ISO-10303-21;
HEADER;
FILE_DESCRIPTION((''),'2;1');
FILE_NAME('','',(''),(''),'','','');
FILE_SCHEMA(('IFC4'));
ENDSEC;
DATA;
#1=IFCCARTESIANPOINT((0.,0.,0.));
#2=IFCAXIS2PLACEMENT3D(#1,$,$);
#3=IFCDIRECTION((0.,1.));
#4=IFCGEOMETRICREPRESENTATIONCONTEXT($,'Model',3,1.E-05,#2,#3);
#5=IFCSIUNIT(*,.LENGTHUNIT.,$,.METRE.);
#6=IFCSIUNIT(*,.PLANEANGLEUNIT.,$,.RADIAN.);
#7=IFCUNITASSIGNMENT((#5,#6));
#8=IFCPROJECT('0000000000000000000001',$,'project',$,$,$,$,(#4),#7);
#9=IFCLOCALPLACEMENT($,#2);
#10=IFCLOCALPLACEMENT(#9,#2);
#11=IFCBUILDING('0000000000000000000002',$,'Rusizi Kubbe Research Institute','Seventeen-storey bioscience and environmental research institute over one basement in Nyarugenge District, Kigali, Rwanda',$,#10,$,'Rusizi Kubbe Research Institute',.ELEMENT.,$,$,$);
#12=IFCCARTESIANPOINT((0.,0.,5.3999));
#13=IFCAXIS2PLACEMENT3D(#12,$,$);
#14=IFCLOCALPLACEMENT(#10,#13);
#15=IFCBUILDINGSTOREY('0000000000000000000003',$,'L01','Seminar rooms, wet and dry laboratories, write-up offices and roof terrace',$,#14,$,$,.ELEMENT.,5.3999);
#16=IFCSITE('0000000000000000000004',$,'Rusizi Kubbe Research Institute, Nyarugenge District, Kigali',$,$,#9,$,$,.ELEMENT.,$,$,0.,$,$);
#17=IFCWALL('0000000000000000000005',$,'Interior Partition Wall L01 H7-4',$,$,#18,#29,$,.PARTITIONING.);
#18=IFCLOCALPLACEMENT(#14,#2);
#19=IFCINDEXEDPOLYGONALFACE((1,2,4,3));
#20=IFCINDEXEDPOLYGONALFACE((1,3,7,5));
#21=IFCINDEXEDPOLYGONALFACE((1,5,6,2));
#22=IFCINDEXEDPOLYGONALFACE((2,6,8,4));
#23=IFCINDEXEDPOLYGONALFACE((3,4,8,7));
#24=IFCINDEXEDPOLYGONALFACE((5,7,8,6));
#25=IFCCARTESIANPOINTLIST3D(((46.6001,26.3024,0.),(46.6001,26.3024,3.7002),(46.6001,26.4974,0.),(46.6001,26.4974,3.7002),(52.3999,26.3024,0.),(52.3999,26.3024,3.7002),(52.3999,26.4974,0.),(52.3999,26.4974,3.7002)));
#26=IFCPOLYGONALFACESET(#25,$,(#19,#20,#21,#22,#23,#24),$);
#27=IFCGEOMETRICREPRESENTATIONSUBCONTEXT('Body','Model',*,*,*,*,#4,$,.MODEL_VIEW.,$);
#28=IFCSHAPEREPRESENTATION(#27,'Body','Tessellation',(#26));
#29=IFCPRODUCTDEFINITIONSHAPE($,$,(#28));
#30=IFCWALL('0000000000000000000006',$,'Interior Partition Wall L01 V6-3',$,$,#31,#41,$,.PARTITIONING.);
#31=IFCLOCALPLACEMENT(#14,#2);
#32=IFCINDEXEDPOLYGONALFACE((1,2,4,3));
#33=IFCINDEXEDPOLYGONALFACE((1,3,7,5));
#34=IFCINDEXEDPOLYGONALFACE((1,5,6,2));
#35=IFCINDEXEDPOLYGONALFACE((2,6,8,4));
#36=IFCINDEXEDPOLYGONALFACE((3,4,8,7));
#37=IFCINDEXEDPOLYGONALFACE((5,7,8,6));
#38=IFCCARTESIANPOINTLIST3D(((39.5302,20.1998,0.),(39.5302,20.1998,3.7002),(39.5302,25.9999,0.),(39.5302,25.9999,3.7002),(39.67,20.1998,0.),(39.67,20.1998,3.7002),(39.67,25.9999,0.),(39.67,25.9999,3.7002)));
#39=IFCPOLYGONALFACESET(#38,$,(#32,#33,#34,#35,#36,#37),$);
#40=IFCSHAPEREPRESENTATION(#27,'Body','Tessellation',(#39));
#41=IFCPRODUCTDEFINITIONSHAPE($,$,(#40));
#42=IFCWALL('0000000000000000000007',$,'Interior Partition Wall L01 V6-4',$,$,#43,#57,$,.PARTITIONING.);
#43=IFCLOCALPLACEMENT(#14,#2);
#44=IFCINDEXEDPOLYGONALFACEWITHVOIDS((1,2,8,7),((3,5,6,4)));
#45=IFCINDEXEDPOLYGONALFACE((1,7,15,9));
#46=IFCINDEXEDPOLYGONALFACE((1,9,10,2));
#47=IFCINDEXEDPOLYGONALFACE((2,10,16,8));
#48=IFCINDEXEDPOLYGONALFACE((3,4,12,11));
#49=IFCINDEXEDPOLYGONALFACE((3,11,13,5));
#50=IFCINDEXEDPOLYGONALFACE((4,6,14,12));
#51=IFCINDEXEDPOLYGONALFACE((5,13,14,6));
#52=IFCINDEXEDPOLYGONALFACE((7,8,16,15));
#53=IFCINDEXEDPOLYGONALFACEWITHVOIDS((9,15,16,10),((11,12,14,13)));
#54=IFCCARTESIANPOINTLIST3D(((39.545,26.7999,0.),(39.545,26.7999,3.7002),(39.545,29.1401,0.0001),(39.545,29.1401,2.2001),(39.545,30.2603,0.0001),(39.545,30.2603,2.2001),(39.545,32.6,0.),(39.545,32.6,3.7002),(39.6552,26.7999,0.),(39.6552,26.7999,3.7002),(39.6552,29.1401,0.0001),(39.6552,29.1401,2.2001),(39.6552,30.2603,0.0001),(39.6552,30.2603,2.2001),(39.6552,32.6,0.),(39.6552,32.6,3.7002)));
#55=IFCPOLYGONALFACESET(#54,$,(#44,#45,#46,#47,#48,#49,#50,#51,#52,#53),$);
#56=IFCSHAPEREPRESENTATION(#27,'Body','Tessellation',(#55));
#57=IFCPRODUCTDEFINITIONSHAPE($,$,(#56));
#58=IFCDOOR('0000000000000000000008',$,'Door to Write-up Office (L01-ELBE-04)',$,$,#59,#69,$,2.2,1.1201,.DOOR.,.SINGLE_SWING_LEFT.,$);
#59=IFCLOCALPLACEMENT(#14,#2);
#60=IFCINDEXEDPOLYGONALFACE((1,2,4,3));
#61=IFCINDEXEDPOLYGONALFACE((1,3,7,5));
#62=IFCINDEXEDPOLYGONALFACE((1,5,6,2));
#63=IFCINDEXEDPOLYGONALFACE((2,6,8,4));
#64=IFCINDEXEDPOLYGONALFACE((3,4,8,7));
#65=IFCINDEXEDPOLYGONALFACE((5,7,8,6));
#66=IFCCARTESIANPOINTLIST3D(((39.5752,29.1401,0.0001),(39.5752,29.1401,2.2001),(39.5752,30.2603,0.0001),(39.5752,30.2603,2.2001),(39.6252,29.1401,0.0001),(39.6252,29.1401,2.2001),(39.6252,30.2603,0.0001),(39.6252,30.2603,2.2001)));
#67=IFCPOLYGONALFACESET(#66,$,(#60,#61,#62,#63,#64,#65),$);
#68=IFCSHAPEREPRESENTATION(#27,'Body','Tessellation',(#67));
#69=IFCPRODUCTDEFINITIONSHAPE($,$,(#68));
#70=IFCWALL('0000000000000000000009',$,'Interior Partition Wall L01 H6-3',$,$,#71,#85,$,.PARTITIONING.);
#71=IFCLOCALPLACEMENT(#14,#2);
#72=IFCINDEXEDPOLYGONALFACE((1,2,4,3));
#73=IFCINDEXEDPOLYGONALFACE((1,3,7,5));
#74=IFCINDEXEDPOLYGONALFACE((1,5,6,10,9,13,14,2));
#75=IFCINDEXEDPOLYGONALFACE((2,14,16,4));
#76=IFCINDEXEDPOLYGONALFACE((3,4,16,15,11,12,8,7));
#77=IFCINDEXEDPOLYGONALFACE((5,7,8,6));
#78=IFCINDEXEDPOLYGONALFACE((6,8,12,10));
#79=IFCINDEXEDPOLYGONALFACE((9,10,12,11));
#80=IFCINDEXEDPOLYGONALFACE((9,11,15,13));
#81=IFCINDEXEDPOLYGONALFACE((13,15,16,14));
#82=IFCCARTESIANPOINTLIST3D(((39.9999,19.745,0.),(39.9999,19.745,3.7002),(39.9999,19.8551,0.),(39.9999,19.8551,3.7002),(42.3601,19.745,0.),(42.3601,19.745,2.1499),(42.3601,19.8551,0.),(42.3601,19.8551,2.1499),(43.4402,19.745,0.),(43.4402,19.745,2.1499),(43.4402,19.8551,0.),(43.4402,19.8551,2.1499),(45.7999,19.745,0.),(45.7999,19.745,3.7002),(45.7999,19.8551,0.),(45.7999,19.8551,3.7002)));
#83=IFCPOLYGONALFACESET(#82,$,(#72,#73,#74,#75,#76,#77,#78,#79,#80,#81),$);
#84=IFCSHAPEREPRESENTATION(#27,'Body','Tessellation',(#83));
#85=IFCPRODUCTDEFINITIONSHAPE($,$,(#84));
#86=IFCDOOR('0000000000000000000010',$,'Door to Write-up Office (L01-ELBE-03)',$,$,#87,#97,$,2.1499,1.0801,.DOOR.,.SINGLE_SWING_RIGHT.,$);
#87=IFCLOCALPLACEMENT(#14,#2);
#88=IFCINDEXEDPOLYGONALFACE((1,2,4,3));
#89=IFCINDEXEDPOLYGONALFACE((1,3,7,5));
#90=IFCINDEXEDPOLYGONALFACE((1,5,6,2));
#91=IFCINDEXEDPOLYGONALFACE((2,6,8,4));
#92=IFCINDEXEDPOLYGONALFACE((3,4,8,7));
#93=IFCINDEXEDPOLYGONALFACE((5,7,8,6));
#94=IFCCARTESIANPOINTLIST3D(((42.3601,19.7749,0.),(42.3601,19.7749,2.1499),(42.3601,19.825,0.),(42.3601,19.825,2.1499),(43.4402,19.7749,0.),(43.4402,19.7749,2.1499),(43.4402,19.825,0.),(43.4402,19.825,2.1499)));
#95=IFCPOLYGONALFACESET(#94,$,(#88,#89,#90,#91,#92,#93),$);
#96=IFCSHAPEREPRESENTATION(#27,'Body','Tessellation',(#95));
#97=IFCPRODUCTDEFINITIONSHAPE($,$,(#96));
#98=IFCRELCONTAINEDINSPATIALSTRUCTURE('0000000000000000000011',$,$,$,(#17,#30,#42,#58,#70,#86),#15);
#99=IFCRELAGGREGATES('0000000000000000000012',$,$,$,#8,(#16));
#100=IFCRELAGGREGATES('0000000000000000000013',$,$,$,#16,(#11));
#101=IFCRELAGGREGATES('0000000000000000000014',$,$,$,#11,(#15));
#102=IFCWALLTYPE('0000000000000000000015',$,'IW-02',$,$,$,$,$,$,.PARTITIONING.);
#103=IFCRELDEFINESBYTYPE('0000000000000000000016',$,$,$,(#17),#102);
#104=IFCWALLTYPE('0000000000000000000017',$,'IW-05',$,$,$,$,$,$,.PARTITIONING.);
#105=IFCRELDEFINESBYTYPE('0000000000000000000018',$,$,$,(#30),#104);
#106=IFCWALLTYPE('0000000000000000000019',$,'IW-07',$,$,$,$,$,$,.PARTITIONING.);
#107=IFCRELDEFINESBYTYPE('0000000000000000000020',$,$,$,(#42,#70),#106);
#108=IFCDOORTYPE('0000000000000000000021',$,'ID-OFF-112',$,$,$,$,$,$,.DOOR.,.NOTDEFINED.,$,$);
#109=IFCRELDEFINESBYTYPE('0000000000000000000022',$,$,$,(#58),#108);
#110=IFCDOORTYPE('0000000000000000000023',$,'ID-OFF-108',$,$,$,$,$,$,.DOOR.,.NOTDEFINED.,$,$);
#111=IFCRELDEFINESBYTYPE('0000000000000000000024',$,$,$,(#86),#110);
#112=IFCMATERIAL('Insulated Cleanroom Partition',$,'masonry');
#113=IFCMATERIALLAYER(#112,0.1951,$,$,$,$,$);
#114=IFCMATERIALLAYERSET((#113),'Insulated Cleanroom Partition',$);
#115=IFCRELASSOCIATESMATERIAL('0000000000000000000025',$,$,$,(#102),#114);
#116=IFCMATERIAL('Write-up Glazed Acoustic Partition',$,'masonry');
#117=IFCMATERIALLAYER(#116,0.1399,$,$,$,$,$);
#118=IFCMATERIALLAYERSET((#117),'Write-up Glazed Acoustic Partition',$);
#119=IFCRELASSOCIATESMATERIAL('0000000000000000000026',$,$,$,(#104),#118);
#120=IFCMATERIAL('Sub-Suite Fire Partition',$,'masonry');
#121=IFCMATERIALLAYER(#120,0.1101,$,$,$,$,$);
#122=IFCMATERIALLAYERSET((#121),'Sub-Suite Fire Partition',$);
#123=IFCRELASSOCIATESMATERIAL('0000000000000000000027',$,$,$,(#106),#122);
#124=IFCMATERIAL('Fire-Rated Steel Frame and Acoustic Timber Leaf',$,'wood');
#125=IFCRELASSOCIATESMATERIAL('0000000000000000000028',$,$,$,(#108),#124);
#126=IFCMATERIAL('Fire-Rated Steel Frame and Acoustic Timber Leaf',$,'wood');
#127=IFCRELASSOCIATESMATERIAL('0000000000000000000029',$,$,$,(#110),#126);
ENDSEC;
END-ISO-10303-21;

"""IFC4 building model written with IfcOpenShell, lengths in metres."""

from ifc_helpers import new_model, si_unit, direction, frame, frame_2d, origin, place, context, subcontext, project, spatial, rectangle, extrude, material, layer, layer_set, type_object, element, fill, save


model = new_model("IFC4")

# Units and contexts
model_context = context("Model", 3, precision=1e-05, world=origin(), true_north=direction((0.0, 1.0)))
body_context = subcontext(model_context, "Body", "Model", "MODEL_VIEW")
ifc_project = project(units=[si_unit("LENGTHUNIT", "METRE"), si_unit("PLANEANGLEUNIT", "RADIAN")], contexts=[model_context])

# Site, building, storey
site_placement = place(None, origin())
site = spatial("IfcSite", under=ifc_project, at=site_placement, Name="Rusizi Kubbe Research Institute, Nyarugenge District, Kigali", CompositionType="ELEMENT", RefElevation=0.0)
building_placement = place(site_placement, origin())
building = spatial("IfcBuilding", under=site, at=building_placement, Name="Rusizi Kubbe Research Institute", Description="Seventeen-storey bioscience and environmental research institute over one basement in Nyarugenge District, Kigali, Rwanda", LongName="Rusizi Kubbe Research Institute", CompositionType="ELEMENT")
storey_placement = place(building_placement, frame((0.0, 0.0, 5.3999)))
storey = spatial("IfcBuildingStorey", under=building, at=storey_placement, Name="L01", Description="Seminar rooms, wet and dry laboratories, write-up offices and roof terrace", CompositionType="ELEMENT", Elevation=5.3999)

# Walls
ifc_material_1 = material(Name="Insulated Cleanroom Partition", Category="masonry")
ifc_layer_1 = layer(ifc_material_1, 0.1951)
ifc_layer_set_1 = layer_set([ifc_layer_1], Name="Insulated Cleanroom Partition")
wall_type_1 = type_object("IfcWallType", Name="IW-02", PredefinedType="PARTITIONING", material=ifc_layer_set_1)
wall_1_placement = place(storey_placement, frame((46.6001, 26.3999, 0.0), z_axis=(0.0, 0.0, 1.0), x_axis=(1.0, 0.0, 0.0)))
element("IfcWall", 1, at=wall_1_placement, inside=storey, type_object=wall_type_1, Name="Interior Partition Wall L01 H7-4", PredefinedType="PARTITIONING", context=body_context, shape_type="SweptSolid", body=[
    extrude(rectangle(XDim=5.7998, YDim=0.1951, at=frame_2d((2.8999, 0.0))), origin(), (0.0, 0.0, 1.0), 3.7002),
])
ifc_material_2 = material(Name="Write-up Glazed Acoustic Partition", Category="masonry")
ifc_layer_2 = layer(ifc_material_2, 0.1399)
ifc_layer_set_2 = layer_set([ifc_layer_2], Name="Write-up Glazed Acoustic Partition")
wall_type_2 = type_object("IfcWallType", Name="IW-05", PredefinedType="PARTITIONING", material=ifc_layer_set_2)
wall_2_placement = place(storey_placement, frame((39.6001, 20.2, 0.0), z_axis=(0.0, 0.0, 1.0), x_axis=(0.0, 1.0, 0.0)))
element("IfcWall", 2, at=wall_2_placement, inside=storey, type_object=wall_type_2, Name="Interior Partition Wall L01 V6-3", PredefinedType="PARTITIONING", context=body_context, shape_type="SweptSolid", body=[
    extrude(rectangle(XDim=5.8, YDim=0.1399, at=frame_2d((2.8999, 0.0))), origin(), (0.0, 0.0, 1.0), 3.7002),
])

# Walls, openings, doors
ifc_material_3 = material(Name="Sub-Suite Fire Partition", Category="masonry")
ifc_layer_3 = layer(ifc_material_3, 0.1101)
ifc_layer_set_3 = layer_set([ifc_layer_3], Name="Sub-Suite Fire Partition")
wall_type_3 = type_object("IfcWallType", Name="IW-07", PredefinedType="PARTITIONING", material=ifc_layer_set_3)
wall_3_placement = place(storey_placement, frame((39.6001, 26.8, 0.0), z_axis=(0.0, 0.0, 1.0), x_axis=(0.0, 1.0, 0.0)))
wall_3 = element("IfcWall", 3, at=wall_3_placement, inside=storey, type_object=wall_type_3, Name="Interior Partition Wall L01 V6-4", PredefinedType="PARTITIONING", context=body_context, shape_type="SweptSolid", body=[
    extrude(rectangle(XDim=5.8, YDim=0.1101, at=frame_2d((2.8999, 0.0))), origin(), (0.0, 0.0, 1.0), 3.7002),
])
opening_1_placement = place(wall_3_placement, frame((2.3401, 0.0, 0.0)))
opening_1 = element("IfcOpeningElement", 4, at=opening_1_placement, cuts=wall_3, PredefinedType="OPENING", context=body_context, shape_type="SweptSolid", body=[
    extrude(rectangle(XDim=1.1201, YDim=2.2, at=frame_2d((0.5601, 1.1001))), frame((0.0, 0.0649, 0.0), z_axis=(0.0, -1.0, 0.0), x_axis=(1.0, 0.0, 0.0)), (0.0, 0.0, 1.0), 0.1301),
])
ifc_material_4 = material(Name="Fire-Rated Steel Frame and Acoustic Timber Leaf", Category="wood")
door_type_1 = type_object("IfcDoorType", Name="ID-OFF-112", OperationType="NOTDEFINED", PredefinedType="DOOR", material=ifc_material_4)
door_1_placement = place(opening_1_placement, origin())
door_1 = element("IfcDoor", 5, at=door_1_placement, inside=storey, type_object=door_type_1, Name="Door to Write-up Office (L01-ELBE-04)", OperationType="SINGLE_SWING_LEFT", OverallHeight=2.2, OverallWidth=1.1201, PredefinedType="DOOR", context=body_context, shape_type="SweptSolid", body=[
    extrude(rectangle(XDim=1.1201, YDim=2.2, at=frame_2d((0.5601, 1.1001))), frame((0.0, 0.0249, 0.0), z_axis=(0.0, -1.0, 0.0), x_axis=(1.0, 0.0, 0.0)), (0.0, 0.0, 1.0), 0.05),
])
fill(opening_1, door_1)
wall_4_placement = place(storey_placement, frame((40.0, 19.8, 0.0), z_axis=(0.0, 0.0, 1.0), x_axis=(1.0, 0.0, 0.0)))
wall_4 = element("IfcWall", 6, at=wall_4_placement, inside=storey, type_object=wall_type_3, Name="Interior Partition Wall L01 H6-3", PredefinedType="PARTITIONING", context=body_context, shape_type="SweptSolid", body=[
    extrude(rectangle(XDim=5.8, YDim=0.1101, at=frame_2d((2.8999, 0.0))), origin(), (0.0, 0.0, 1.0), 3.7002),
])
opening_2_placement = place(wall_4_placement, frame((2.3601, 0.0, 0.0)))
opening_2 = element("IfcOpeningElement", 7, at=opening_2_placement, cuts=wall_4, PredefinedType="OPENING", context=body_context, shape_type="SweptSolid", body=[
    extrude(rectangle(XDim=1.0801, YDim=2.1499, at=frame_2d((0.54, 1.075))), frame((0.0, 0.0649, 0.0), z_axis=(0.0, -1.0, 0.0), x_axis=(1.0, 0.0, 0.0)), (0.0, 0.0, 1.0), 0.1301),
])
ifc_material_5 = material(Name="Fire-Rated Steel Frame and Acoustic Timber Leaf", Category="wood")
door_type_2 = type_object("IfcDoorType", Name="ID-OFF-108", OperationType="NOTDEFINED", PredefinedType="DOOR", material=ifc_material_5)
door_2_placement = place(opening_2_placement, origin())
door_2 = element("IfcDoor", 8, at=door_2_placement, inside=storey, type_object=door_type_2, Name="Door to Write-up Office (L01-ELBE-03)", OperationType="SINGLE_SWING_RIGHT", OverallHeight=2.1499, OverallWidth=1.0801, PredefinedType="DOOR", context=body_context, shape_type="SweptSolid", body=[
    extrude(rectangle(XDim=1.0801, YDim=2.1499, at=frame_2d((0.54, 1.075))), frame((0.0, 0.0249, 0.0), z_axis=(0.0, -1.0, 0.0), x_axis=(1.0, 0.0, 0.0)), (0.0, 0.0, 1.0), 0.05),
])
fill(opening_2, door_2)

save(model, "model.ifc")
